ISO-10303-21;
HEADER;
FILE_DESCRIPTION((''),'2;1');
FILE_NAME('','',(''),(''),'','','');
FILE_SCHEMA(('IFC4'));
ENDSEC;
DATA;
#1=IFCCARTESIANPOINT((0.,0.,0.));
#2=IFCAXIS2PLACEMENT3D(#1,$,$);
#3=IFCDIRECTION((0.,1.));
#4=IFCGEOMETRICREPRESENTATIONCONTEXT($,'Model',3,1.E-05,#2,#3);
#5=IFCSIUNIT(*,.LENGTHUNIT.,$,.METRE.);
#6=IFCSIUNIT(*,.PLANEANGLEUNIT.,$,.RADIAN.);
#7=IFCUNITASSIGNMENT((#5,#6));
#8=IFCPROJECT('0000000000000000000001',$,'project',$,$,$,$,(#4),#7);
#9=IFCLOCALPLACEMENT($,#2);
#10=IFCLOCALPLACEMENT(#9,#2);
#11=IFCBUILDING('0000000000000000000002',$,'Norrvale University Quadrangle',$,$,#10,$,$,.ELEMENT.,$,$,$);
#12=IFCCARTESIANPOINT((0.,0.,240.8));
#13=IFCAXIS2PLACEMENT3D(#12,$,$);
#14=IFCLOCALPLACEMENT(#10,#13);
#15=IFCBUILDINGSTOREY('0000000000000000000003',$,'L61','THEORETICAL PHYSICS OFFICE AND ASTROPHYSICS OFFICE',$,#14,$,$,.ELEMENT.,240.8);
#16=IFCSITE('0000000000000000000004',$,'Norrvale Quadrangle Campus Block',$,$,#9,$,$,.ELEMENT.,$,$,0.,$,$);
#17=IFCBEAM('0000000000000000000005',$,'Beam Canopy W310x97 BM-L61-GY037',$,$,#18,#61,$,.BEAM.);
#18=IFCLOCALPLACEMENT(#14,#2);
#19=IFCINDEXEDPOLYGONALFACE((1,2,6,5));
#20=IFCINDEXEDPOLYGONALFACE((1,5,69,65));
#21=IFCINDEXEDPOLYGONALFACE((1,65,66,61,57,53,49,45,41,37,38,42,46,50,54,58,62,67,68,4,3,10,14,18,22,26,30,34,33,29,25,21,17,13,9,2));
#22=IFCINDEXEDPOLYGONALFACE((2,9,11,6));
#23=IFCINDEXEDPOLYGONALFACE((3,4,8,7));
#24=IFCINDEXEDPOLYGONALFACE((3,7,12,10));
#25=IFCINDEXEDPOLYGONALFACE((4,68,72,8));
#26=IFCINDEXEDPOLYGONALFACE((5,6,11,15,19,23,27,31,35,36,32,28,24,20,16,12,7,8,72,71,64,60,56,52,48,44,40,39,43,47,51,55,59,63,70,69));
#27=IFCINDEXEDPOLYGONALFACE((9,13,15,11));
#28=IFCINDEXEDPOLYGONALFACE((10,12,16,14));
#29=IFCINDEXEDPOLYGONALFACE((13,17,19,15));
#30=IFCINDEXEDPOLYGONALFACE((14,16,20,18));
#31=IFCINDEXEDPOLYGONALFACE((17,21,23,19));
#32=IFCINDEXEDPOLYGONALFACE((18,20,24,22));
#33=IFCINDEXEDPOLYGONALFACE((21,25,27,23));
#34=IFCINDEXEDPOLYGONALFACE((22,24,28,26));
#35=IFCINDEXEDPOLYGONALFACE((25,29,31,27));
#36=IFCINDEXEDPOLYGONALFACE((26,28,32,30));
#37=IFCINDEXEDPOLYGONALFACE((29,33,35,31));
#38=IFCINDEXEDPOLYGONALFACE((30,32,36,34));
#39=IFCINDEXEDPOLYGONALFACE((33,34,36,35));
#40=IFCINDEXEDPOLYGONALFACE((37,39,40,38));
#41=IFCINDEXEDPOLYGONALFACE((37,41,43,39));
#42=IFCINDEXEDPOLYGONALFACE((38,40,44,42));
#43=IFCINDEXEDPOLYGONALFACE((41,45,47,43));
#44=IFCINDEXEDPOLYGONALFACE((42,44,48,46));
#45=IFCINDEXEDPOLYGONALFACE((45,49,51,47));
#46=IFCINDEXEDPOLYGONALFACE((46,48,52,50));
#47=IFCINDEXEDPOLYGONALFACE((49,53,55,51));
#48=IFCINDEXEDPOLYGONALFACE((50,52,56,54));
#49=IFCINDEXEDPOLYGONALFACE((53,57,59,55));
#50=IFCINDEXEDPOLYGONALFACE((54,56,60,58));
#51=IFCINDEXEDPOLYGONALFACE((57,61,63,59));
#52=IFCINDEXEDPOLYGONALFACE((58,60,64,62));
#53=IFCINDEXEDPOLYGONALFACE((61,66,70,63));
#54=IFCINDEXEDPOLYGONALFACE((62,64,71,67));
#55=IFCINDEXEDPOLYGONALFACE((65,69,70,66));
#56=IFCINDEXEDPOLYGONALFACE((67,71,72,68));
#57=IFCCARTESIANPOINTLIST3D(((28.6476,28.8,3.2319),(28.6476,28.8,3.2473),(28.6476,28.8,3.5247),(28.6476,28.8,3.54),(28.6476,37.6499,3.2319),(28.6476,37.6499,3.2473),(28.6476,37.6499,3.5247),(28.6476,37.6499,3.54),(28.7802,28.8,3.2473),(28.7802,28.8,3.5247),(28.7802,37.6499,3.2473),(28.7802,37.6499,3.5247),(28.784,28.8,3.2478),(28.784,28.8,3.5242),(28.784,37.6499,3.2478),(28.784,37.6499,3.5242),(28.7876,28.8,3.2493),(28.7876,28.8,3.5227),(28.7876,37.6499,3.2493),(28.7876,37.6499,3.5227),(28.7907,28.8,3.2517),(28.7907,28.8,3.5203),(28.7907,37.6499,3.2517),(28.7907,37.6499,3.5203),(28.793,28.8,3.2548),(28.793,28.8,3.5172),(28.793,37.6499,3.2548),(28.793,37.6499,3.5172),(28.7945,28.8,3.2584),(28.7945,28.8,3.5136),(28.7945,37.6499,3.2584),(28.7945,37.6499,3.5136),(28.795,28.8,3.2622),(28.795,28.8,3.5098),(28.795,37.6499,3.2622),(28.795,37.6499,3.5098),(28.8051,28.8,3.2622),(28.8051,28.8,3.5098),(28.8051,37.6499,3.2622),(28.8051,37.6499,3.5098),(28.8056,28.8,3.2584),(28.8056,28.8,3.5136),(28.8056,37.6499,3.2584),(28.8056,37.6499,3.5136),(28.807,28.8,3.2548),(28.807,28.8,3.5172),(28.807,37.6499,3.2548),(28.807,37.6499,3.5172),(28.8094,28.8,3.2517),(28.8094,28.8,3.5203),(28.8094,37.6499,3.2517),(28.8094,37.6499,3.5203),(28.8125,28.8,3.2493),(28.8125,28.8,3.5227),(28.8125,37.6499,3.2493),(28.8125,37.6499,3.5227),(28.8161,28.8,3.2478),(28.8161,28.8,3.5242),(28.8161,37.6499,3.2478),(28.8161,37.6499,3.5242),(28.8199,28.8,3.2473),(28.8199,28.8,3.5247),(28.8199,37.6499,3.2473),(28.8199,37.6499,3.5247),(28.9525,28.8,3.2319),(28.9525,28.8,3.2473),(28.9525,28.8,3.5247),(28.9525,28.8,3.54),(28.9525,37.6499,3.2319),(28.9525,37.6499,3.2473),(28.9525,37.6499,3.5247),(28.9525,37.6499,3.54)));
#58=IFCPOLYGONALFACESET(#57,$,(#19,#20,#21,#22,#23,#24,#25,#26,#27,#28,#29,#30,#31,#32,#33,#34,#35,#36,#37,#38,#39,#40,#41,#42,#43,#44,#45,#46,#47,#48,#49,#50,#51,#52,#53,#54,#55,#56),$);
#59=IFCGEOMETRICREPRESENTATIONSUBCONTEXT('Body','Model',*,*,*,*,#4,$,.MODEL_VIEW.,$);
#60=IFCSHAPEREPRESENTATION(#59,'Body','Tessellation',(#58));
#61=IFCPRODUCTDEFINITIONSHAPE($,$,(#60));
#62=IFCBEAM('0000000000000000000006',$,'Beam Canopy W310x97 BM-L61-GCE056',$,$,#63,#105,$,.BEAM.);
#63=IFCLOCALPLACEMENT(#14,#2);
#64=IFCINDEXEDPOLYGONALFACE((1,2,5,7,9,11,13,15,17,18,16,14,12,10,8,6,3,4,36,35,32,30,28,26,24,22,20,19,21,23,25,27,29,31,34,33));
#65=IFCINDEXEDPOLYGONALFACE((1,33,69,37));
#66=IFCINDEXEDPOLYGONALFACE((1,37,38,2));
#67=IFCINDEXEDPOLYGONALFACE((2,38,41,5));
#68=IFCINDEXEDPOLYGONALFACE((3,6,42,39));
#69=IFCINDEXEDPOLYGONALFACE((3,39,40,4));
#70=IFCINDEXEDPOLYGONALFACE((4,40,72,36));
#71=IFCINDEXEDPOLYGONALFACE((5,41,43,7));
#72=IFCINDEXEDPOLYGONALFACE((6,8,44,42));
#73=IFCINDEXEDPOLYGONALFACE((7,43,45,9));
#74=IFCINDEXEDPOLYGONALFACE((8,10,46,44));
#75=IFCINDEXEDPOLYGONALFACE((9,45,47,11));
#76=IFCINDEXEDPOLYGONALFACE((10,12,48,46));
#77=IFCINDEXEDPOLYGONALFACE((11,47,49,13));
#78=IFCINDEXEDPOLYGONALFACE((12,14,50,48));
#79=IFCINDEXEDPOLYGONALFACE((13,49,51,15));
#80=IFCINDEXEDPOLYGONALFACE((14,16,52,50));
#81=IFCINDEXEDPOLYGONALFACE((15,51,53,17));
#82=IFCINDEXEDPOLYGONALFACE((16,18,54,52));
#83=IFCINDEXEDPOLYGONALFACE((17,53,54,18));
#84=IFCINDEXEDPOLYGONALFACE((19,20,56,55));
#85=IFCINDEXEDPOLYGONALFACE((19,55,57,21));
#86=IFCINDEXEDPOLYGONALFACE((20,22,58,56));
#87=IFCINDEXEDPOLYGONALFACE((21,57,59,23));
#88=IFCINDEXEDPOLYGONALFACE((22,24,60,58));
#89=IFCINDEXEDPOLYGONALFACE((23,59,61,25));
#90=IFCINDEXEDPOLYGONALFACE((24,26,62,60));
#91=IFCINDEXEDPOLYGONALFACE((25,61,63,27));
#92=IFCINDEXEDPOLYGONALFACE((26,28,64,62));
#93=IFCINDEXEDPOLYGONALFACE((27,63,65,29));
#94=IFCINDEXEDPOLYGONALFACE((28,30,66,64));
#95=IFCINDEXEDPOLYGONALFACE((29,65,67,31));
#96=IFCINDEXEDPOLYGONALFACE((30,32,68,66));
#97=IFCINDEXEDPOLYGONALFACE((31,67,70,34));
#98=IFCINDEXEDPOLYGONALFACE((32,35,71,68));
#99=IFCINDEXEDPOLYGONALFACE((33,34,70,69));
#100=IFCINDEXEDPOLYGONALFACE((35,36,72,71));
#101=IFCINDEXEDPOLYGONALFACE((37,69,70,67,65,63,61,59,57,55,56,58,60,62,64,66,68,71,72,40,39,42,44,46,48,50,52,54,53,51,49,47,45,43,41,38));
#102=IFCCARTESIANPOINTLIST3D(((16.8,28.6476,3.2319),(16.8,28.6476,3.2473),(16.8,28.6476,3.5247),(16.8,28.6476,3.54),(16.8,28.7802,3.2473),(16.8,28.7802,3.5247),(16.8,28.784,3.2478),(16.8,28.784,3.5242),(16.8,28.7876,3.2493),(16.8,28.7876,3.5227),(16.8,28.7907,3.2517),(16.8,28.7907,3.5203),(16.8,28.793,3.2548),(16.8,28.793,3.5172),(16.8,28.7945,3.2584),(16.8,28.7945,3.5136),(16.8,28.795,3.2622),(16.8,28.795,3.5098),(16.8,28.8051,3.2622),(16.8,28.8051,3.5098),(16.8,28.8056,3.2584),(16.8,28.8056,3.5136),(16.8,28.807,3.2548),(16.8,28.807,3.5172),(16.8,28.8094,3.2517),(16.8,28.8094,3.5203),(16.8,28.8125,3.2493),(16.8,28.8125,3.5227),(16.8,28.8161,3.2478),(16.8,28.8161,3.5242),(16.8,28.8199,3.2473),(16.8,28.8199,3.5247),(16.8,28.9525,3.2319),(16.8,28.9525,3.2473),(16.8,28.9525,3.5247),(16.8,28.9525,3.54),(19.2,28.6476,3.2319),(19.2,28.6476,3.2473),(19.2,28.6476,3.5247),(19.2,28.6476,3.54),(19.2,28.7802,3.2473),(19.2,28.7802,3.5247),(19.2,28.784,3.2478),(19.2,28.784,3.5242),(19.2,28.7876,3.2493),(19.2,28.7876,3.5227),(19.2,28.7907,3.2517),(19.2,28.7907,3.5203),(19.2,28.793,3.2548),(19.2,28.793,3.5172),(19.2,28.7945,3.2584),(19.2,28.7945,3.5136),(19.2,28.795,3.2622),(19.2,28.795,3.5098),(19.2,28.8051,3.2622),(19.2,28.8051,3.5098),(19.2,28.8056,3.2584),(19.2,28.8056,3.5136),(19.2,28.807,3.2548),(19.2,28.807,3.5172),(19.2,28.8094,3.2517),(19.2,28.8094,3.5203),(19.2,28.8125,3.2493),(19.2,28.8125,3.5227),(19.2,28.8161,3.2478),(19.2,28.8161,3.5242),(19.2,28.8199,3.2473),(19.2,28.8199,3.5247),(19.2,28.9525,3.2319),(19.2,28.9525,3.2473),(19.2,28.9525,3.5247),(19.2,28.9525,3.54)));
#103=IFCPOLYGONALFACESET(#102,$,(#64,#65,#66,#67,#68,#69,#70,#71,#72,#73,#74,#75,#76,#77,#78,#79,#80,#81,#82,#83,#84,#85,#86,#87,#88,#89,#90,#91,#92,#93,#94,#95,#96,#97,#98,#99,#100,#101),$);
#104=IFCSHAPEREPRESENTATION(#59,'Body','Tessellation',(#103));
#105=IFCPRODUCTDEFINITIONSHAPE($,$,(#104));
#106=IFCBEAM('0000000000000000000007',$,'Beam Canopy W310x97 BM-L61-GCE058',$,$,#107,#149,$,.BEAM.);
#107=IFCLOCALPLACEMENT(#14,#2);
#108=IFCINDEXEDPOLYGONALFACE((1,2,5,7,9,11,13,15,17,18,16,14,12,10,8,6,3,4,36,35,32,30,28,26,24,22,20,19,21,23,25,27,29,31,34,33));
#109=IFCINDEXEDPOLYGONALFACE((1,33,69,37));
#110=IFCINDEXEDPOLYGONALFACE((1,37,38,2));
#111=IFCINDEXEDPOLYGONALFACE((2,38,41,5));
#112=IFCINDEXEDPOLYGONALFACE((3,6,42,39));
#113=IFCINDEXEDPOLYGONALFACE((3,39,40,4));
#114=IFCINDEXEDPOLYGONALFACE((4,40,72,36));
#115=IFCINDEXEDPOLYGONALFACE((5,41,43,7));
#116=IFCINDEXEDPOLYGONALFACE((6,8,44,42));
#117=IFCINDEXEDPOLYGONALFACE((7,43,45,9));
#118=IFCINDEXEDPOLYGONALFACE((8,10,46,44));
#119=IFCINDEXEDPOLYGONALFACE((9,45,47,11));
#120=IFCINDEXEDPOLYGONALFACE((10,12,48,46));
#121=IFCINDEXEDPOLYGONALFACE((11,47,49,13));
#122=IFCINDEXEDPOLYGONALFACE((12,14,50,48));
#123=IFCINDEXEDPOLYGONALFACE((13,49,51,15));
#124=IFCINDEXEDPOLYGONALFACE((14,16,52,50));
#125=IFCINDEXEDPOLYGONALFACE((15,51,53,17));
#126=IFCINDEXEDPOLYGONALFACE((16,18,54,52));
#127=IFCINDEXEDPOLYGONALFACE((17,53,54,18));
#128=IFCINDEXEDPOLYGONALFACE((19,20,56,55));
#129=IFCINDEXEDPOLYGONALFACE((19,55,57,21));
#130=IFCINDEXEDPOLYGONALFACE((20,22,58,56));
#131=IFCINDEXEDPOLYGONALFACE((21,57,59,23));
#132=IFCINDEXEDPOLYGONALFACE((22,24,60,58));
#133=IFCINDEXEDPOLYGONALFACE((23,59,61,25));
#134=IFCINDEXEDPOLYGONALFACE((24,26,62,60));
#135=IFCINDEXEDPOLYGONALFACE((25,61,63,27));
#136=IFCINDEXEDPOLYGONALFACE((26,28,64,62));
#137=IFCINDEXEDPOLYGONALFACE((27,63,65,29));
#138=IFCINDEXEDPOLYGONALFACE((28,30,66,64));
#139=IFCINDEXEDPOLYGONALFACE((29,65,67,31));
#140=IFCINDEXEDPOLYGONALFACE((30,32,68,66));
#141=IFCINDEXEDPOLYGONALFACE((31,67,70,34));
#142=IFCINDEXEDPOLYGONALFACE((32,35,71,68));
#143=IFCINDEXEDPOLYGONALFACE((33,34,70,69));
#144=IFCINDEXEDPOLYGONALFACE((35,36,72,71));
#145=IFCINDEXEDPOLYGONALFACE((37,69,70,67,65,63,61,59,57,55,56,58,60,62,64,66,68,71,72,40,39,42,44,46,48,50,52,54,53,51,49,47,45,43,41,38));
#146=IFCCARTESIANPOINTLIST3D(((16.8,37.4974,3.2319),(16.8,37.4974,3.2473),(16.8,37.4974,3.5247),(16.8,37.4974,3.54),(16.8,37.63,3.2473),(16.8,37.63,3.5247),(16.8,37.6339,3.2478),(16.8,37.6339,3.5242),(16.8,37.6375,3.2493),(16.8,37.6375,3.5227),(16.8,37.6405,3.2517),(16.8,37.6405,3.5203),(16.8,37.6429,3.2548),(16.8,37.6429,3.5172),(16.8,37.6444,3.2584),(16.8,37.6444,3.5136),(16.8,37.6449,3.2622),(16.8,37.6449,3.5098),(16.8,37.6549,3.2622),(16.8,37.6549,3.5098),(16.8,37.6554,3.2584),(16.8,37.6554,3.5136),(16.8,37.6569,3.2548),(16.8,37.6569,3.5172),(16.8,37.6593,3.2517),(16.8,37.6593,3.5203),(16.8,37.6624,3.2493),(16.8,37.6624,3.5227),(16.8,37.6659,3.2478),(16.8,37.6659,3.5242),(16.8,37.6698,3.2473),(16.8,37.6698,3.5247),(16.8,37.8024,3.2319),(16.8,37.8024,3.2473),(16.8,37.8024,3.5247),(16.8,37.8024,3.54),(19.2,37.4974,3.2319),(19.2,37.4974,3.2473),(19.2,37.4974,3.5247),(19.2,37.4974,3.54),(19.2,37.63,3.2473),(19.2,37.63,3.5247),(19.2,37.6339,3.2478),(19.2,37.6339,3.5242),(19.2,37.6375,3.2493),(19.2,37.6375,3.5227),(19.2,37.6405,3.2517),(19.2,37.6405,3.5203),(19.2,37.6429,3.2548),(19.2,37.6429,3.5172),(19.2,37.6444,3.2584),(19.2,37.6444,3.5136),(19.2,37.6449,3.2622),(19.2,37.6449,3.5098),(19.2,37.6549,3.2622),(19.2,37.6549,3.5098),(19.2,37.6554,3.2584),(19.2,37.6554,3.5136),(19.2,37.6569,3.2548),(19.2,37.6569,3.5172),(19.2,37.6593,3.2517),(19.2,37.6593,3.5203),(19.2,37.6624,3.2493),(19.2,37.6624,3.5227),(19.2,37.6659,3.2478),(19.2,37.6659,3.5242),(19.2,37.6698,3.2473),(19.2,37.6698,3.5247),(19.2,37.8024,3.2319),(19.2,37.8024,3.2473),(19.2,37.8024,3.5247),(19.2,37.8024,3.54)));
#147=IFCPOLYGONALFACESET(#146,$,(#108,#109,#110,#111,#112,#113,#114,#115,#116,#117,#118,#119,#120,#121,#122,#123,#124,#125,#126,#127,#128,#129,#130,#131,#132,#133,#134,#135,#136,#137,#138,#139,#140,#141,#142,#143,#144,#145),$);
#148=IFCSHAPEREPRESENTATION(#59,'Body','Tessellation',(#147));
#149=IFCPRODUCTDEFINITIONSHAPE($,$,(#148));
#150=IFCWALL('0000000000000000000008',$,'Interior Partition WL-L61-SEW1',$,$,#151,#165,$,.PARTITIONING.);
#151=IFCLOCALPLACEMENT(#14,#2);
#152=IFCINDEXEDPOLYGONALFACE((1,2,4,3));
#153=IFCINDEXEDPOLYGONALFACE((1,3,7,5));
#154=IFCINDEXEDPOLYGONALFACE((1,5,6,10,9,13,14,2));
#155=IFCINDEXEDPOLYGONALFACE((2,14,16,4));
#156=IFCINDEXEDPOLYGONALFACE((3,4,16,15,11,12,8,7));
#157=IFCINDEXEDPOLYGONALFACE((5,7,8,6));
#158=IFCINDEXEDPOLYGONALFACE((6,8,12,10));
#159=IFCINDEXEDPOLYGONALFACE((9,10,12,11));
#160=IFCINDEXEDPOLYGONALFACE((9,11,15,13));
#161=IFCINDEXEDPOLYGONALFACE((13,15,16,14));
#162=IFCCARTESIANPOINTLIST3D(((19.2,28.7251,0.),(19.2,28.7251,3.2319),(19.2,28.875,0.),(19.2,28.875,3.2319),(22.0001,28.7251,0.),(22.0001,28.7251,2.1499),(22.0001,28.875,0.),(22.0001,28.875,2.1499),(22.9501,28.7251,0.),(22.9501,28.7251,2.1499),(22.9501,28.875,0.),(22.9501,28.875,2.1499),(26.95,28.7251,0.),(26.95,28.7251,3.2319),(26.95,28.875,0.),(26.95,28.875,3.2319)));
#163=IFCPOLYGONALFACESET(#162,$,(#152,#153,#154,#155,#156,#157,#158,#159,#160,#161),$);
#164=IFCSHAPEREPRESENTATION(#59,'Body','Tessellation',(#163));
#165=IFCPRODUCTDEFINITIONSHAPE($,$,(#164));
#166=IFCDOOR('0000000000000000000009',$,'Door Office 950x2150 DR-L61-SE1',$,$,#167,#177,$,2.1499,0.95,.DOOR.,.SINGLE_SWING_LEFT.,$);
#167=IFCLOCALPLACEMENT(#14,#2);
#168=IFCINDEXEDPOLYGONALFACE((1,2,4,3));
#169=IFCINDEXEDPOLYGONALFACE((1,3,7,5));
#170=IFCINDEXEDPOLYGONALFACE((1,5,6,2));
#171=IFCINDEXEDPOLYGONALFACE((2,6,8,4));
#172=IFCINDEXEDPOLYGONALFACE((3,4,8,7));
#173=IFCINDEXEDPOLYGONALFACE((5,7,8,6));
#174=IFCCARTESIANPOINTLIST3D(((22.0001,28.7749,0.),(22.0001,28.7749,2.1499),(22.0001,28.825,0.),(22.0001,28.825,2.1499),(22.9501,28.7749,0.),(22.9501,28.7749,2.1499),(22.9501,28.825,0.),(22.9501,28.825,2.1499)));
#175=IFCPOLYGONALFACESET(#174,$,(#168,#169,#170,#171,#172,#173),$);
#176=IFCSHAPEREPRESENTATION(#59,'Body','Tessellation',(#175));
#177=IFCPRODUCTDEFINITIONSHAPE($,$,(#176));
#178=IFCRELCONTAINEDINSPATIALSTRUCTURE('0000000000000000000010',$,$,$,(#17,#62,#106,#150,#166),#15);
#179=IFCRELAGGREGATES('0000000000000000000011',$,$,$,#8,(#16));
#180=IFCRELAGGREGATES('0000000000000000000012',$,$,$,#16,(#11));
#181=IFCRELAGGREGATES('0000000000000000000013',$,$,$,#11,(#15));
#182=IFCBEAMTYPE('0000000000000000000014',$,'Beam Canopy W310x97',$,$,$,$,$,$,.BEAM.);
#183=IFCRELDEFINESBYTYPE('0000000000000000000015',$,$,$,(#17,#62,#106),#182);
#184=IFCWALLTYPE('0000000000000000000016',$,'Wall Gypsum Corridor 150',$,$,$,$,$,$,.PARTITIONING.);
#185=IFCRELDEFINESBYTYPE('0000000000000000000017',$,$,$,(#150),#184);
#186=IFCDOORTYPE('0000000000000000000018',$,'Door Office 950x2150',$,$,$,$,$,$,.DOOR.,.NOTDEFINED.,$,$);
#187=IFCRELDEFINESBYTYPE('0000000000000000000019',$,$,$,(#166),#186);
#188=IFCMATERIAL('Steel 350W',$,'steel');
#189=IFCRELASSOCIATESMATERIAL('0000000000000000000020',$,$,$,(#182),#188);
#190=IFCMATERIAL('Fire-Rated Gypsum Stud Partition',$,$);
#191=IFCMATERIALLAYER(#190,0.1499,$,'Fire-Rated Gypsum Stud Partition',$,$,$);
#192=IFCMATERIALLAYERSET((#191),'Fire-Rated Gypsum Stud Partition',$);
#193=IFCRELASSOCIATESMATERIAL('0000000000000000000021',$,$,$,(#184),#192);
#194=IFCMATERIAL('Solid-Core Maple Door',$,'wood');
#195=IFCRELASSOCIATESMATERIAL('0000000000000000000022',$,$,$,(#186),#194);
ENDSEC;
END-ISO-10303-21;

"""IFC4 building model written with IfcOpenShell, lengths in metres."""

from ifc_helpers import new_model, si_unit, direction, frame, frame_2d, origin, origin_2d, place, context, subcontext, project, spatial, rectangle, i_section, extrude, material, layer, layer_set, material_profile, profile_set, type_object, element, fill, save


model = new_model("IFC4")

# Units and contexts
model_context = context("Model", 3, precision=1e-05, world=origin(), true_north=direction((0.0, 1.0)))
body_context = subcontext(model_context, "Body", "Model", "MODEL_VIEW")
ifc_project = project(units=[si_unit("LENGTHUNIT", "METRE"), si_unit("PLANEANGLEUNIT", "RADIAN")], contexts=[model_context])

# Site, building, storey
site_placement = place(None, origin())
site = spatial("IfcSite", under=ifc_project, at=site_placement, Name="Norrvale Quadrangle Campus Block", CompositionType="ELEMENT", RefElevation=0.0)
building_placement = place(site_placement, origin())
building = spatial("IfcBuilding", under=site, at=building_placement, Name="Norrvale University Quadrangle", CompositionType="ELEMENT")
storey_placement = place(building_placement, frame((0.0, 0.0, 240.8)))
storey = spatial("IfcBuildingStorey", under=building, at=storey_placement, Name="L61", Description="THEORETICAL PHYSICS OFFICE AND ASTROPHYSICS OFFICE", CompositionType="ELEMENT", Elevation=240.8)

# Beams
ifc_material_1 = material(Name="Steel 350W", Category="steel")
ifc_material_profile_1 = material_profile(ifc_material_1, i_section(OverallWidth=0.3049, OverallDepth=0.3081, WebThickness=0.01, FlangeThickness=0.0154, FilletRadius=0.0149, at=origin_2d()), Name="Steel 350W")
ifc_profile_set_1 = profile_set([ifc_material_profile_1], Name="Steel 350W")
beam_type_1 = type_object("IfcBeamType", Name="Beam Canopy W310x97", PredefinedType="BEAM", material=ifc_profile_set_1)
beam_1_placement = place(storey_placement, frame((28.8, 28.8, 3.386), z_axis=(0.0, 1.0, 0.0), x_axis=(-1.0, 0.0, 0.0)))
element("IfcBeam", 1, at=beam_1_placement, inside=storey, type_object=beam_type_1, Name="Beam Canopy W310x97 BM-L61-GY037", PredefinedType="BEAM", context=body_context, shape_type="SweptSolid", body=[
    extrude(i_section(OverallWidth=0.3049, OverallDepth=0.3081, WebThickness=0.01, FlangeThickness=0.0154, FilletRadius=0.0149, at=origin_2d()), origin(), (0.0, 0.0, 1.0), 8.8499),
])
for number, where, z_axis, x_axis, name in (
    (2, (16.8, 28.8, 3.386), (1.0, 0.0, 0.0), (0.0, 1.0, 0.0), "Beam Canopy W310x97 BM-L61-GCE056"),
    (3, (16.8, 37.6499, 3.386), (1.0, 0.0, 0.0), (0.0, 1.0, 0.0), "Beam Canopy W310x97 BM-L61-GCE058"),
):
    element("IfcBeam", number, at=place(storey_placement, frame(where, z_axis=z_axis, x_axis=x_axis)), inside=storey, type_object=beam_type_1, Name=name, PredefinedType="BEAM", context=body_context, shape_type="SweptSolid", body=[
        extrude(i_section(OverallWidth=0.3049, OverallDepth=0.3081, WebThickness=0.01, FlangeThickness=0.0154, FilletRadius=0.0149, at=origin_2d()), origin(), (0.0, 0.0, 1.0), 2.3999),
    ])

# Wall, opening, door
ifc_material_2 = material(Name="Fire-Rated Gypsum Stud Partition")
ifc_layer_1 = layer(ifc_material_2, 0.1499, Name="Fire-Rated Gypsum Stud Partition")
ifc_layer_set_1 = layer_set([ifc_layer_1], Name="Fire-Rated Gypsum Stud Partition")
wall_type_1 = type_object("IfcWallType", Name="Wall Gypsum Corridor 150", PredefinedType="PARTITIONING", material=ifc_layer_set_1)
wall_1_placement = place(storey_placement, frame((19.2, 28.8, 0.0), z_axis=(0.0, 0.0, 1.0), x_axis=(1.0, 0.0, 0.0)))
wall_1 = element("IfcWall", 4, at=wall_1_placement, inside=storey, type_object=wall_type_1, Name="Interior Partition WL-L61-SEW1", PredefinedType="PARTITIONING", context=body_context, shape_type="SweptSolid", body=[
    extrude(rectangle(XDim=7.75, YDim=0.1499, at=frame_2d((3.875, 0.0))), origin(), (0.0, 0.0, 1.0), 3.2319),
])
opening_1_placement = place(wall_1_placement, frame((2.8, 0.0, 0.0)))
opening_1 = element("IfcOpeningElement", 5, at=opening_1_placement, cuts=wall_1, PredefinedType="OPENING", context=body_context, shape_type="SweptSolid", body=[
    extrude(rectangle(XDim=0.95, YDim=2.1499, at=frame_2d((0.4751, 1.075))), frame((0.0, 0.0869, 0.0), z_axis=(0.0, -1.0, 0.0), x_axis=(1.0, 0.0, 0.0)), (0.0, 0.0, 1.0), 0.1738),
])
ifc_material_3 = material(Name="Solid-Core Maple Door", Category="wood")
door_type_1 = type_object("IfcDoorType", Name="Door Office 950x2150", OperationType="NOTDEFINED", PredefinedType="DOOR", material=ifc_material_3)
door_1_placement = place(opening_1_placement, origin())
door_1 = element("IfcDoor", 6, at=door_1_placement, inside=storey, type_object=door_type_1, Name="Door Office 950x2150 DR-L61-SE1", OperationType="SINGLE_SWING_LEFT", OverallHeight=2.1499, OverallWidth=0.95, PredefinedType="DOOR", context=body_context, shape_type="SweptSolid", body=[
    extrude(rectangle(XDim=0.95, YDim=2.1499, at=frame_2d((0.4751, 1.075))), frame((0.0, 0.0249, 0.0), z_axis=(0.0, -1.0, 0.0), x_axis=(1.0, 0.0, 0.0)), (0.0, 0.0, 1.0), 0.05),
])
fill(opening_1, door_1)

save(model, "model.ifc")
